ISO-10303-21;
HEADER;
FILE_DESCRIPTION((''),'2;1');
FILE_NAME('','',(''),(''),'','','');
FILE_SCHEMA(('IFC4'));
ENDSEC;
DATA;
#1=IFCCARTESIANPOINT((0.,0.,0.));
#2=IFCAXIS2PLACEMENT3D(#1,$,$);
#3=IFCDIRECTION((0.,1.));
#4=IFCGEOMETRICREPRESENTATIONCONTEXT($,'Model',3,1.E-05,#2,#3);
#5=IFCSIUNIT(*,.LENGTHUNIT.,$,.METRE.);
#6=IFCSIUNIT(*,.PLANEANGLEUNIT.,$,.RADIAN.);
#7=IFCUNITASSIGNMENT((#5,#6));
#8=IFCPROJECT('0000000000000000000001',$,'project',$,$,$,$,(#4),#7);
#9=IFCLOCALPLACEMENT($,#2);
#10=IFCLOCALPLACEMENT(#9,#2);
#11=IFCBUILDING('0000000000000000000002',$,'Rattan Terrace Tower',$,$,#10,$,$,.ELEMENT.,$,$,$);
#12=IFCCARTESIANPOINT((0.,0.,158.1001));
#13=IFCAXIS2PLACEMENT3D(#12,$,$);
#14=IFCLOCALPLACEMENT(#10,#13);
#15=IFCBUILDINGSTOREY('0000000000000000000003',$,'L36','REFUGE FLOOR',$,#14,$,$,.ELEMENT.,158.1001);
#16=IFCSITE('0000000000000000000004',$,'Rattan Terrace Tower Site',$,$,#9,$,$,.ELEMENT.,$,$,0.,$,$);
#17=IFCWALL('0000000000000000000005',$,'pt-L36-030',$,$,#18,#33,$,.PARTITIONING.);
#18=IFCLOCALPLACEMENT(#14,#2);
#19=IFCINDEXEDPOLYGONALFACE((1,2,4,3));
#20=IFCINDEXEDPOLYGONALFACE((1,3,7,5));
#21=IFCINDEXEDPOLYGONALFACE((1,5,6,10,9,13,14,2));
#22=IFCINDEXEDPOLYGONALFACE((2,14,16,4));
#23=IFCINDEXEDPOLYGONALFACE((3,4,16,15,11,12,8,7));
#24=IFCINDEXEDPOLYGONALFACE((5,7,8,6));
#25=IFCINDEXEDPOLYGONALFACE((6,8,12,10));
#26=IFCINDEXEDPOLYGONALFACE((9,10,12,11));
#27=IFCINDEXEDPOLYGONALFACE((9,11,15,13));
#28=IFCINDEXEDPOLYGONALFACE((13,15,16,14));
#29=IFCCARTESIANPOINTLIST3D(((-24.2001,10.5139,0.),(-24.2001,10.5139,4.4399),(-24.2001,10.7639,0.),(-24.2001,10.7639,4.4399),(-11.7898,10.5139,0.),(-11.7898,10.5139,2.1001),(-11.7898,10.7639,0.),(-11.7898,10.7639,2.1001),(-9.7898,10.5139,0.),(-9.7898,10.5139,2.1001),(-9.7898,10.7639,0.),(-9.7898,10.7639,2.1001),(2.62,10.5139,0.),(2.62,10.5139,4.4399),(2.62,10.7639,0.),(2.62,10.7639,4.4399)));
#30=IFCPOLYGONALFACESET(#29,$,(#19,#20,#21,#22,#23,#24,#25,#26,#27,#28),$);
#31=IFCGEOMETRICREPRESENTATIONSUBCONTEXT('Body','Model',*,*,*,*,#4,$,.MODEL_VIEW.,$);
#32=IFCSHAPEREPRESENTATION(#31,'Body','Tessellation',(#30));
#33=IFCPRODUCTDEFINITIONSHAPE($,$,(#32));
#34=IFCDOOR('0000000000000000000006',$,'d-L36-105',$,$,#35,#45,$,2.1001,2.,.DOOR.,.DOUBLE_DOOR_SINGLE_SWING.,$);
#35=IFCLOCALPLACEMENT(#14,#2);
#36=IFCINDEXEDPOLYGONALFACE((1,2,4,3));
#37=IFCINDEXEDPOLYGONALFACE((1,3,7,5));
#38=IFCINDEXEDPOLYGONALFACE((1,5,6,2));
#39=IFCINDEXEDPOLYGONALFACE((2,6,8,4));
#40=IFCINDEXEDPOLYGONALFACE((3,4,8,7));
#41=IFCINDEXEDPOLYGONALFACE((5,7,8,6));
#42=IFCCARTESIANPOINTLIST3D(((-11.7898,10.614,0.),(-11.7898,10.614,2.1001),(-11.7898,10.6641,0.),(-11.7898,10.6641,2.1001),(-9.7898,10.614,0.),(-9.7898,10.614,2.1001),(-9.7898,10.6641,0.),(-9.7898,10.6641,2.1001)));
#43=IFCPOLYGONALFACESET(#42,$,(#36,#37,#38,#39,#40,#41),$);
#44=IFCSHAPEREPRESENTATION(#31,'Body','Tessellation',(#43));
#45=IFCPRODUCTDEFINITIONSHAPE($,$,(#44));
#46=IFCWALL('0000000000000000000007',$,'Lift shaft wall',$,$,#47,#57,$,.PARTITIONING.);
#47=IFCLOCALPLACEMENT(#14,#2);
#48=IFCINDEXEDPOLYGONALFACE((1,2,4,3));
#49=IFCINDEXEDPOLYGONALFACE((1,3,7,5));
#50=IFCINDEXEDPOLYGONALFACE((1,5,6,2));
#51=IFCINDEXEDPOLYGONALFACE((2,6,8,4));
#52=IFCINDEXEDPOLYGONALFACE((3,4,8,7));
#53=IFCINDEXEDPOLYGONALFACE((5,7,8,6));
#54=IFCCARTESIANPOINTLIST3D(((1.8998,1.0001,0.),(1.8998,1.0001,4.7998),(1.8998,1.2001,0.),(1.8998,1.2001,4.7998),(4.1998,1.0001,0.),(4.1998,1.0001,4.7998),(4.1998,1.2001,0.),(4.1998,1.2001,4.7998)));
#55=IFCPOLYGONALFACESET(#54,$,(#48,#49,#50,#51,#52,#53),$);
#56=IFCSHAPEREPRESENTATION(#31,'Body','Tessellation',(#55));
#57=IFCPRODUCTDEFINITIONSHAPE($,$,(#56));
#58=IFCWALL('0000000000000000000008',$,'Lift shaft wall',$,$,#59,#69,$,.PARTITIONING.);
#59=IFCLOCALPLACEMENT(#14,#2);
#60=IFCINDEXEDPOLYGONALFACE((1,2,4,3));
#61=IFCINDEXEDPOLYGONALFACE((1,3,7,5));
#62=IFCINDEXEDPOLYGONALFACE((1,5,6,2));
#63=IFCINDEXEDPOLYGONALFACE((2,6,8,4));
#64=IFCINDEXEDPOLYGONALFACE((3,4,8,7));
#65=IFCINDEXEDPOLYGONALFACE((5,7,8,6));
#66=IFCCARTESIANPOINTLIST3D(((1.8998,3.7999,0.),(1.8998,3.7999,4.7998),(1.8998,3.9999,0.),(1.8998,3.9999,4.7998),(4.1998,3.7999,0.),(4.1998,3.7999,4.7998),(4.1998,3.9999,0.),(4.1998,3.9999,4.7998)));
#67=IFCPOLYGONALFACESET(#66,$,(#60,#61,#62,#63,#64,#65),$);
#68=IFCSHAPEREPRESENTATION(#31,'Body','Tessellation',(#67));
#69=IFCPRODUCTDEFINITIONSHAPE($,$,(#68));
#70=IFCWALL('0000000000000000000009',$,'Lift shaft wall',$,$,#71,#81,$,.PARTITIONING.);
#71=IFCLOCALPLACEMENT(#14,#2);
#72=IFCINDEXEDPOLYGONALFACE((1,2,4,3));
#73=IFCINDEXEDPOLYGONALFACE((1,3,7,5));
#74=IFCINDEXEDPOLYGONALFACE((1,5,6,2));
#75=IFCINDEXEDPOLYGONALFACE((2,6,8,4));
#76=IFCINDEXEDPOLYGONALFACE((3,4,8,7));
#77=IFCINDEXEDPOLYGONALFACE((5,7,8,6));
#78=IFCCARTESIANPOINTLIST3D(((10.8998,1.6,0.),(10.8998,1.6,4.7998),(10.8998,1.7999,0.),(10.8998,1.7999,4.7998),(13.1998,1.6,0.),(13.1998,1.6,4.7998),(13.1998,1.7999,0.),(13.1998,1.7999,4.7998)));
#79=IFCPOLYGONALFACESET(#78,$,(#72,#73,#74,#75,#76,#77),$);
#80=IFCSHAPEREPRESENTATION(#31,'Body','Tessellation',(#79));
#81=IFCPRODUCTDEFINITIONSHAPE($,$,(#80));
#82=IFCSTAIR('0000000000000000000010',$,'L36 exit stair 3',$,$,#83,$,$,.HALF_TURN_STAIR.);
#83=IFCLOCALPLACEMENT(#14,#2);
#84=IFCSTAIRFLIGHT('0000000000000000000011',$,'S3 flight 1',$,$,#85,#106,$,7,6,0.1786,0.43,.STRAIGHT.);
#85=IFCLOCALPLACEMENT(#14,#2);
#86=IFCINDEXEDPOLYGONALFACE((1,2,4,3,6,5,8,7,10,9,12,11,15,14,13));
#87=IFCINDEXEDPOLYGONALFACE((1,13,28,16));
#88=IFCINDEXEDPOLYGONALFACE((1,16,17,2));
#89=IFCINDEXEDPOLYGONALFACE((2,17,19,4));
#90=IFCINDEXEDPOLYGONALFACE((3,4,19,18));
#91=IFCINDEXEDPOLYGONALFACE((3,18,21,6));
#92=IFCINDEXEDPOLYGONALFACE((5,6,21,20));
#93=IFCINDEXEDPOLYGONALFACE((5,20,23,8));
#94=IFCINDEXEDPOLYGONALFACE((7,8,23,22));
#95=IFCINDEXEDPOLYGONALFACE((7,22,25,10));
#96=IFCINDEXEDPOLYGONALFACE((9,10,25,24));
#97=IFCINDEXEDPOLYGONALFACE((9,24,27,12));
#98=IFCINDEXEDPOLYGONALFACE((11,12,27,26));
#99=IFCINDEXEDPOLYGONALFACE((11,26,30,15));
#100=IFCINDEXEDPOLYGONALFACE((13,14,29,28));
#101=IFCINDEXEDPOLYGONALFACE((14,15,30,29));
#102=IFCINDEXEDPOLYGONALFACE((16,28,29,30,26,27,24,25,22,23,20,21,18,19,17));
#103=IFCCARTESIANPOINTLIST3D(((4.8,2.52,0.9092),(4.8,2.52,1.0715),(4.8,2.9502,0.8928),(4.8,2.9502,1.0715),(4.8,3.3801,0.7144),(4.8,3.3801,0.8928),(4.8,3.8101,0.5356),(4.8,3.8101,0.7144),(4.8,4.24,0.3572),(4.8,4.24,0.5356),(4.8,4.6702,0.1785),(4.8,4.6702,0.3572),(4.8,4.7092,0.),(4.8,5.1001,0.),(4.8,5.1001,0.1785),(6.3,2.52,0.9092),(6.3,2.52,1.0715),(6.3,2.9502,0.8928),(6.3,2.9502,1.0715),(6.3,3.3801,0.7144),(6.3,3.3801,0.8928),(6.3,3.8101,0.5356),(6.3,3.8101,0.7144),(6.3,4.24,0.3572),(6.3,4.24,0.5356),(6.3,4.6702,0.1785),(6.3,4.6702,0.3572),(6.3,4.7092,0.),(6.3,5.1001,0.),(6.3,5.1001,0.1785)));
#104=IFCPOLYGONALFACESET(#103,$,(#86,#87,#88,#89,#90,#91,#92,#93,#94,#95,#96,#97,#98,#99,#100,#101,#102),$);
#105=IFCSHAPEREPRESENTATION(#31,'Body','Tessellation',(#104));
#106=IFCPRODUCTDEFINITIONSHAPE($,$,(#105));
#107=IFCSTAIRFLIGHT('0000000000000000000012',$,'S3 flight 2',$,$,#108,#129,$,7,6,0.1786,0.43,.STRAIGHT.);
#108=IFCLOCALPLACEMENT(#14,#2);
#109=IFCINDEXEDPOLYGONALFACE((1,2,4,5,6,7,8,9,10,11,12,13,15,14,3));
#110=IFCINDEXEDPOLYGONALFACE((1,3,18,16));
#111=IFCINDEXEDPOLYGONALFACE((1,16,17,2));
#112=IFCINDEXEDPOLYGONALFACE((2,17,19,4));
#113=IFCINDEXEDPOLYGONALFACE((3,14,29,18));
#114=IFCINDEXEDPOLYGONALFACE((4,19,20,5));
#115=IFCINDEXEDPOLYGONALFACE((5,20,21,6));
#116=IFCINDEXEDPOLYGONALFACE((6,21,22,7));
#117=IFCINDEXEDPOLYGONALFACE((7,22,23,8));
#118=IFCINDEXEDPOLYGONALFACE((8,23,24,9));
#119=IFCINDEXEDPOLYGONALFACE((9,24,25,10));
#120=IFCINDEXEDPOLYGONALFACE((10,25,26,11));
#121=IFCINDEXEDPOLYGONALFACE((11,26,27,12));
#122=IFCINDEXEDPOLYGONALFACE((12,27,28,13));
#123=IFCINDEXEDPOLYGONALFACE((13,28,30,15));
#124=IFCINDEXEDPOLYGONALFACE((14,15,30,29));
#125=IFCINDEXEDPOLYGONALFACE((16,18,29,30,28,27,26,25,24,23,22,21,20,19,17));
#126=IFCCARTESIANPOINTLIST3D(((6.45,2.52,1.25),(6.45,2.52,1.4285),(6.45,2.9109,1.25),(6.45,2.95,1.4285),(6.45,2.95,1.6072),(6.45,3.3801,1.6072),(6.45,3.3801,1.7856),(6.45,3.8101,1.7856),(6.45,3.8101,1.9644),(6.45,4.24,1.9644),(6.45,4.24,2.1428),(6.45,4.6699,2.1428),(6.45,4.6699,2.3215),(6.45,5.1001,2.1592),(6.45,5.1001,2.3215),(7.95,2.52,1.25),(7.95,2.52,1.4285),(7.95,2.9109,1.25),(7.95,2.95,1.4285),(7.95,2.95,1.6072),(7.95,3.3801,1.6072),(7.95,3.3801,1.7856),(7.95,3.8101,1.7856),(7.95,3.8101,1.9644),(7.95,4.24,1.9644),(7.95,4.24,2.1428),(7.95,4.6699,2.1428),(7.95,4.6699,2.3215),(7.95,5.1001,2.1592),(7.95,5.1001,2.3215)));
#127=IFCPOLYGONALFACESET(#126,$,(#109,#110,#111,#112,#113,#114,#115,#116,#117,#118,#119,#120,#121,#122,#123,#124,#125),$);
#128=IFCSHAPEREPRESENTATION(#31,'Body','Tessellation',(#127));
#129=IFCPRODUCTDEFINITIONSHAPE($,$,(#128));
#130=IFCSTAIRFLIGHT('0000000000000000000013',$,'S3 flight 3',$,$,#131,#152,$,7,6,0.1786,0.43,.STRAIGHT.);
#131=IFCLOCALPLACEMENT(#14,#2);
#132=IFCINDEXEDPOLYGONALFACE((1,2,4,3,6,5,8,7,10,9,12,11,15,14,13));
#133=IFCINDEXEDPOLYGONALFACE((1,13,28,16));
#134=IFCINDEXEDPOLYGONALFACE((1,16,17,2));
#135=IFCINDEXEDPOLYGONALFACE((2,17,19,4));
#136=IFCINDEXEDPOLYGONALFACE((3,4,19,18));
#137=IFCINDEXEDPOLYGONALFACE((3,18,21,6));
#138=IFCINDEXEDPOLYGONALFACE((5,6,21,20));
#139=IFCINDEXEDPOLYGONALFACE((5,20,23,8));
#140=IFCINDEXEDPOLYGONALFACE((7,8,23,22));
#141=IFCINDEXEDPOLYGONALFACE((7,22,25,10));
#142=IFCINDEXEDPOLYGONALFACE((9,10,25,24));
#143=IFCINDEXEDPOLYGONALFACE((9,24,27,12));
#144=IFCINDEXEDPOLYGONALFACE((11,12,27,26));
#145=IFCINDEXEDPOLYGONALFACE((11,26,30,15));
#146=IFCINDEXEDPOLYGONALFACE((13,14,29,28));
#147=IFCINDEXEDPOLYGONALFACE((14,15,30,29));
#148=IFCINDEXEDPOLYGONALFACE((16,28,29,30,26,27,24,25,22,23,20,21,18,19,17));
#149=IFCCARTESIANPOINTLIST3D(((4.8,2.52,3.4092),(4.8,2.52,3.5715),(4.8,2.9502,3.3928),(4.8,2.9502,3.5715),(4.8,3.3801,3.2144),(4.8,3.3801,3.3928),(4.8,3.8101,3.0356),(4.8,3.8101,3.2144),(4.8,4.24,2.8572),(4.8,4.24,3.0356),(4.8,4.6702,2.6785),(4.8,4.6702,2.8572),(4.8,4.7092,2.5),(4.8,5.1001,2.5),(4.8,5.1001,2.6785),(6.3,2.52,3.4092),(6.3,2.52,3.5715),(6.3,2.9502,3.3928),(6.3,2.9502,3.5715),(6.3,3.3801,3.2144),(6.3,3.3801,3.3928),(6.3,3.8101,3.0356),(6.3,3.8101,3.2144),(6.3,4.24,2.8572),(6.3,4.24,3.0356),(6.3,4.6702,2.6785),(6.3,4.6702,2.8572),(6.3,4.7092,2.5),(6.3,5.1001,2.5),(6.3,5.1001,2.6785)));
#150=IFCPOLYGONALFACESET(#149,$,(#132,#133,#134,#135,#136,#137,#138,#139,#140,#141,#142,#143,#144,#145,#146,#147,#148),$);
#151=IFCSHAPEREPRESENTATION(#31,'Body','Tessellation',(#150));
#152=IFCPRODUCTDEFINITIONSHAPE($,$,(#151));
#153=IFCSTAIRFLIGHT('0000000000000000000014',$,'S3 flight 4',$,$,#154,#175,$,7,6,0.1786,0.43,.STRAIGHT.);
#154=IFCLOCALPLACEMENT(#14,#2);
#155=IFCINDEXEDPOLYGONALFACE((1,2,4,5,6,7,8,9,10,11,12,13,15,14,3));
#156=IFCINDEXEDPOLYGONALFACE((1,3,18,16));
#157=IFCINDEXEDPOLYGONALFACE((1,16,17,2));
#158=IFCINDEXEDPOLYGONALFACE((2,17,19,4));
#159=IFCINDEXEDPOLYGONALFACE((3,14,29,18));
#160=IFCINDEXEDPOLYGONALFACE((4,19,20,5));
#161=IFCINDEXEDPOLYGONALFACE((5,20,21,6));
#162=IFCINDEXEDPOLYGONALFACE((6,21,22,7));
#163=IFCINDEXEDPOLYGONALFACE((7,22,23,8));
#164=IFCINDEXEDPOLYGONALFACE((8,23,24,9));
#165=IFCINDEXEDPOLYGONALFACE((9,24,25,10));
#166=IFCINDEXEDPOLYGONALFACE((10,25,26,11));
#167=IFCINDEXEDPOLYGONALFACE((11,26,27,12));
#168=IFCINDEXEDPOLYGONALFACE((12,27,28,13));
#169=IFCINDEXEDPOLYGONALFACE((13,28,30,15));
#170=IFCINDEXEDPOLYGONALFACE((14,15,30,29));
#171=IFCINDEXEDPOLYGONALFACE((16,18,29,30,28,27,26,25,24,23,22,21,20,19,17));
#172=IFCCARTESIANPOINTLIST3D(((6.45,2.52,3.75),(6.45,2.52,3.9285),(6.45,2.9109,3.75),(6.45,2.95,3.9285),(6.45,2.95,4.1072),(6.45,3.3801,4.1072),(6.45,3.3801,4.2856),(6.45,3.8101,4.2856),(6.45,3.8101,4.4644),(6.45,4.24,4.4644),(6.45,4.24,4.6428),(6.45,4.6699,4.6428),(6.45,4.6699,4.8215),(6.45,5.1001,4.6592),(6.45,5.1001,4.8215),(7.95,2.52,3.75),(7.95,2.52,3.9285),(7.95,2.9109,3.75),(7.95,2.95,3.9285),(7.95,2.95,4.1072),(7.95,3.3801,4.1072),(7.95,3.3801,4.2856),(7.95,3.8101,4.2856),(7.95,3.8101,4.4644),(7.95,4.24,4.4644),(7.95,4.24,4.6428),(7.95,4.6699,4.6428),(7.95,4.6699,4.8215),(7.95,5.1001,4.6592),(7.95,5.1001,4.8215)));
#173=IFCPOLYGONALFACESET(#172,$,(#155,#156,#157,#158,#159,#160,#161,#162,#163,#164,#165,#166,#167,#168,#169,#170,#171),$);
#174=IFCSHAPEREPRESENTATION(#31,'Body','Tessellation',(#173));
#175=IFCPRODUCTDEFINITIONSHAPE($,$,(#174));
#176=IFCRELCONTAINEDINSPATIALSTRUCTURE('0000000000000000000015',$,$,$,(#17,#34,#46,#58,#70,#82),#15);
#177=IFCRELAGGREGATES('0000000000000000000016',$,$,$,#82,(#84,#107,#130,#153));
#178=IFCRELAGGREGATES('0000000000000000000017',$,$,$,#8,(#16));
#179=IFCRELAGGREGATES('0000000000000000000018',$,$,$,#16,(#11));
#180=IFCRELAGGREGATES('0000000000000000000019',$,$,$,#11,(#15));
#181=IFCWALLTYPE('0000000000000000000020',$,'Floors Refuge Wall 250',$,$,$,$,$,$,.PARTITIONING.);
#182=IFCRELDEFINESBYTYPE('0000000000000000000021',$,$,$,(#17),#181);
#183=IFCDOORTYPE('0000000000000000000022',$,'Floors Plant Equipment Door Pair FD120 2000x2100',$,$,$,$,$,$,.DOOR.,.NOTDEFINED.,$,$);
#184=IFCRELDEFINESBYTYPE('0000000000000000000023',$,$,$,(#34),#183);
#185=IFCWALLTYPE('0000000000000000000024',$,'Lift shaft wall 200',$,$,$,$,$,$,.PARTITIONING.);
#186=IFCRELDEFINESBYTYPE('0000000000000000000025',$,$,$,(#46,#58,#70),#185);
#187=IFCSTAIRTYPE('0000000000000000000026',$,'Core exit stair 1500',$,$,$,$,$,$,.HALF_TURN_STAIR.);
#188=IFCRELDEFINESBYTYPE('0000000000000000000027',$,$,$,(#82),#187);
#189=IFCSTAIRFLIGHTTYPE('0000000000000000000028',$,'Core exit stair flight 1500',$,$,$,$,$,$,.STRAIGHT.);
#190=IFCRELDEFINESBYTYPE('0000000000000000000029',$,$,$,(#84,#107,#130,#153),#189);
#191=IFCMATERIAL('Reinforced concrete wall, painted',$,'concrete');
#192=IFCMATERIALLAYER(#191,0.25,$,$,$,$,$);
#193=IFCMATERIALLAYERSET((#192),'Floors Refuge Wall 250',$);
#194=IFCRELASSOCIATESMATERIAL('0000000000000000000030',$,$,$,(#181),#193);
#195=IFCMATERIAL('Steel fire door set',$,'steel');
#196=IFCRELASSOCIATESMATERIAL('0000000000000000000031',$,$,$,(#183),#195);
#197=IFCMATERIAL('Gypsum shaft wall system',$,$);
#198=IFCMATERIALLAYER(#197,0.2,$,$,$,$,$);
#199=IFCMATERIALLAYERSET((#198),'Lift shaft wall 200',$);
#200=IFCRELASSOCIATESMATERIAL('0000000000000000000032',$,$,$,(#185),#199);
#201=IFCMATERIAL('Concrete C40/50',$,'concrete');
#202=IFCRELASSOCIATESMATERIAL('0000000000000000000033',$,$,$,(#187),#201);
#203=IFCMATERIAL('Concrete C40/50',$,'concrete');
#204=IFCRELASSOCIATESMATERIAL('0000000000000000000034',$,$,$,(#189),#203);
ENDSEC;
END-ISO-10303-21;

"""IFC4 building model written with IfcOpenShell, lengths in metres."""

from ifc_helpers import new_model, si_unit, direction, frame, frame_2d, origin, place, context, subcontext, project, spatial, polyline, rectangle, outline, extrude, material, layer, layer_set, type_object, element, fill, aggregate, save


model = new_model("IFC4")

# Units and contexts
model_context = context("Model", 3, precision=1e-05, world=origin(), true_north=direction((0.0, 1.0)))
body_context = subcontext(model_context, "Body", "Model", "MODEL_VIEW")
ifc_project = project(units=[si_unit("LENGTHUNIT", "METRE"), si_unit("PLANEANGLEUNIT", "RADIAN")], contexts=[model_context])

# Site, building, storey
site_placement = place(None, origin())
site = spatial("IfcSite", under=ifc_project, at=site_placement, Name="Rattan Terrace Tower Site", CompositionType="ELEMENT", RefElevation=0.0)
building_placement = place(site_placement, origin())
building = spatial("IfcBuilding", under=site, at=building_placement, Name="Rattan Terrace Tower", CompositionType="ELEMENT")
storey_placement = place(building_placement, frame((0.0, 0.0, 158.1001)))
storey = spatial("IfcBuildingStorey", under=building, at=storey_placement, Name="L36", Description="REFUGE FLOOR", CompositionType="ELEMENT", Elevation=158.1001)

# Shared definitions
ifc_material_1 = material(Name="Reinforced concrete wall, painted", Category="concrete")
ifc_layer_1 = layer(ifc_material_1, 0.25)
ifc_layer_set_1 = layer_set([ifc_layer_1], Name="Floors Refuge Wall 250")
wall_type_1 = type_object("IfcWallType", Name="Floors Refuge Wall 250", PredefinedType="PARTITIONING", material=ifc_layer_set_1)

# Wall, opening, door
wall_1_placement = place(storey_placement, frame((2.6201, 10.6389, 0.0), z_axis=(0.0, 0.0, 1.0), x_axis=(-1.0, 0.0, 0.0)))
wall_1 = element("IfcWall", 1, at=wall_1_placement, inside=storey, type_object=wall_type_1, Name="pt-L36-030", PredefinedType="PARTITIONING", context=body_context, shape_type="SweptSolid", body=[
    extrude(rectangle(XDim=26.8201, YDim=0.25, at=frame_2d((13.4102, 0.0))), origin(), (0.0, 0.0, 1.0), 4.4399),
])
opening_placement = place(wall_1_placement, frame((12.4099, 0.0, 0.0)))
opening = element("IfcOpeningElement", 2, at=opening_placement, cuts=wall_1, PredefinedType="OPENING", context=body_context, shape_type="SweptSolid", body=[
    extrude(rectangle(XDim=2.0, YDim=2.1001, at=frame_2d((1.0, 1.05))), frame((0.0, 0.1355, 0.0), z_axis=(0.0, -1.0, 0.0), x_axis=(1.0, 0.0, 0.0)), (0.0, 0.0, 1.0), 0.271),
])
ifc_material_2 = material(Name="Steel fire door set", Category="steel")
door_type = type_object("IfcDoorType", Name="Floors Plant Equipment Door Pair FD120 2000x2100", OperationType="NOTDEFINED", PredefinedType="DOOR", material=ifc_material_2)
door_placement = place(opening_placement, origin())
door = element("IfcDoor", 3, at=door_placement, inside=storey, type_object=door_type, Name="d-L36-105", OperationType="DOUBLE_DOOR_SINGLE_SWING", OverallHeight=2.1001, OverallWidth=2.0, PredefinedType="DOOR", context=body_context, shape_type="SweptSolid", body=[
    extrude(rectangle(XDim=2.0, YDim=2.1001, at=frame_2d((1.0, 1.05))), frame((0.0, 0.0249, 0.0), z_axis=(0.0, -1.0, 0.0), x_axis=(1.0, 0.0, 0.0)), (0.0, 0.0, 1.0), 0.05),
])
fill(opening, door)

# Walls
ifc_material_3 = material(Name="Gypsum shaft wall system")
ifc_layer_2 = layer(ifc_material_3, 0.2)
ifc_layer_set_2 = layer_set([ifc_layer_2], Name="Lift shaft wall 200")
wall_type_2 = type_object("IfcWallType", Name="Lift shaft wall 200", PredefinedType="PARTITIONING", material=ifc_layer_set_2)
for number, where, z_axis, x_axis, name in (
    (4, (1.8999, 1.1001, 0.0), (0.0, 0.0, 1.0), (1.0, 0.0, 0.0), "Lift shaft wall"),
    (5, (1.8999, 3.8999, 0.0), (0.0, 0.0, 1.0), (1.0, 0.0, 0.0), "Lift shaft wall"),
    (6, (10.8999, 1.7, 0.0), (0.0, 0.0, 1.0), (1.0, 0.0, 0.0), "Lift shaft wall"),
):
    element("IfcWall", number, at=place(storey_placement, frame(where, z_axis=z_axis, x_axis=x_axis)), inside=storey, type_object=wall_type_2, Name=name, PredefinedType="PARTITIONING", context=body_context, shape_type="SweptSolid", body=[
        extrude(rectangle(XDim=2.3, YDim=0.2, at=frame_2d((1.1499, 0.0))), origin(), (0.0, 0.0, 1.0), 4.7998),
    ])

# Stair, stair flights
ifc_material_4 = material(Name="Concrete C40/50", Category="concrete")
stair_type = type_object("IfcStairType", Name="Core exit stair 1500", PredefinedType="HALF_TURN_STAIR", material=ifc_material_4)
stair_placement = place(storey_placement, origin())
stair = element("IfcStair", 7, at=stair_placement, inside=storey, type_object=stair_type, Name="L36 exit stair 3", PredefinedType="HALF_TURN_STAIR")
ifc_material_5 = material(Name="Concrete C40/50", Category="concrete")
stair_flight_type = type_object("IfcStairFlightType", Name="Core exit stair flight 1500", PredefinedType="STRAIGHT", material=ifc_material_5)
stair_flight_1_placement = place(storey_placement, frame((5.55, 5.1001, 0.0), z_axis=(0.0, 0.0, 1.0), x_axis=(0.0, -1.0, 0.0)))
stair_flight_1 = element("IfcStairFlight", 8, at=stair_flight_1_placement, type_object=stair_flight_type, Name="S3 flight 1", NumberOfRisers=7, NumberOfTreads=6, PredefinedType="STRAIGHT", RiserHeight=0.1786, TreadLength=0.43, context=body_context, shape_type="SweptSolid", body=[
    extrude(outline(polyline([(0.0, 0.0), (0.0, 0.1785), (0.4299, 0.1785), (0.4299, 0.3572), (0.8601, 0.3572), (0.8601, 0.5356), (1.29, 0.5356), (1.29, 0.7144), (1.72, 0.7144), (1.72, 0.8928), (2.1499, 0.8928), (2.1499, 1.0715), (2.5801, 1.0715), (2.5801, 1.25), (2.5801, 0.9092), (0.3909, 0.0), (0.0, 0.0)])), frame((0.0, 0.75, 0.0), z_axis=(0.0, -1.0, 0.0), x_axis=(1.0, 0.0, 0.0)), (0.0, 0.0, 1.0), 1.5),
])
stair_flight_2_placement = place(storey_placement, frame((7.2, 2.52, 1.25), z_axis=(0.0, 0.0, 1.0), x_axis=(0.0, 1.0, 0.0)))
stair_flight_2 = element("IfcStairFlight", 9, at=stair_flight_2_placement, type_object=stair_flight_type, Name="S3 flight 2", NumberOfRisers=7, NumberOfTreads=6, PredefinedType="STRAIGHT", RiserHeight=0.1786, TreadLength=0.43, context=body_context, shape_type="SweptSolid", body=[
    extrude(outline(polyline([(0.0, 0.0), (0.0, 0.1785), (0.4299, 0.1785), (0.4299, 0.3572), (0.8601, 0.3572), (0.8601, 0.5356), (1.29, 0.5356), (1.29, 0.7144), (1.72, 0.7144), (1.72, 0.8928), (2.1499, 0.8928), (2.1499, 1.0715), (2.5801, 1.0715), (2.5801, 1.25), (2.5801, 0.9092), (0.3909, 0.0), (0.0, 0.0)])), frame((0.0, 0.75, 0.0), z_axis=(0.0, -1.0, 0.0), x_axis=(1.0, 0.0, 0.0)), (0.0, 0.0, 1.0), 1.5),
])
stair_flight_3_placement = place(storey_placement, frame((5.55, 5.1001, 2.5), z_axis=(0.0, 0.0, 1.0), x_axis=(0.0, -1.0, 0.0)))
stair_flight_3 = element("IfcStairFlight", 10, at=stair_flight_3_placement, type_object=stair_flight_type, Name="S3 flight 3", NumberOfRisers=7, NumberOfTreads=6, PredefinedType="STRAIGHT", RiserHeight=0.1786, TreadLength=0.43, context=body_context, shape_type="SweptSolid", body=[
    extrude(outline(polyline([(0.0, 0.0), (0.0, 0.1785), (0.4299, 0.1785), (0.4299, 0.3572), (0.8601, 0.3572), (0.8601, 0.5356), (1.29, 0.5356), (1.29, 0.7144), (1.72, 0.7144), (1.72, 0.8928), (2.1499, 0.8928), (2.1499, 1.0715), (2.5801, 1.0715), (2.5801, 1.25), (2.5801, 0.9092), (0.3909, 0.0), (0.0, 0.0)])), frame((0.0, 0.75, 0.0), z_axis=(0.0, -1.0, 0.0), x_axis=(1.0, 0.0, 0.0)), (0.0, 0.0, 1.0), 1.5),
])
stair_flight_4_placement = place(storey_placement, frame((7.2, 2.52, 3.75), z_axis=(0.0, 0.0, 1.0), x_axis=(0.0, 1.0, 0.0)))
stair_flight_4 = element("IfcStairFlight", 11, at=stair_flight_4_placement, type_object=stair_flight_type, Name="S3 flight 4", NumberOfRisers=7, NumberOfTreads=6, PredefinedType="STRAIGHT", RiserHeight=0.1786, TreadLength=0.43, context=body_context, shape_type="SweptSolid", body=[
    extrude(outline(polyline([(0.0, 0.0), (0.0, 0.1785), (0.4299, 0.1785), (0.4299, 0.3572), (0.8601, 0.3572), (0.8601, 0.5356), (1.29, 0.5356), (1.29, 0.7144), (1.72, 0.7144), (1.72, 0.8928), (2.1499, 0.8928), (2.1499, 1.0715), (2.5801, 1.0715), (2.5801, 1.25), (2.5801, 0.9092), (0.3909, 0.0), (0.0, 0.0)])), frame((0.0, 0.75, 0.0), z_axis=(0.0, -1.0, 0.0), x_axis=(1.0, 0.0, 0.0)), (0.0, 0.0, 1.0), 1.5),
])
aggregate(stair, [stair_flight_1, stair_flight_2, stair_flight_3, stair_flight_4])

save(model, "model.ifc")
